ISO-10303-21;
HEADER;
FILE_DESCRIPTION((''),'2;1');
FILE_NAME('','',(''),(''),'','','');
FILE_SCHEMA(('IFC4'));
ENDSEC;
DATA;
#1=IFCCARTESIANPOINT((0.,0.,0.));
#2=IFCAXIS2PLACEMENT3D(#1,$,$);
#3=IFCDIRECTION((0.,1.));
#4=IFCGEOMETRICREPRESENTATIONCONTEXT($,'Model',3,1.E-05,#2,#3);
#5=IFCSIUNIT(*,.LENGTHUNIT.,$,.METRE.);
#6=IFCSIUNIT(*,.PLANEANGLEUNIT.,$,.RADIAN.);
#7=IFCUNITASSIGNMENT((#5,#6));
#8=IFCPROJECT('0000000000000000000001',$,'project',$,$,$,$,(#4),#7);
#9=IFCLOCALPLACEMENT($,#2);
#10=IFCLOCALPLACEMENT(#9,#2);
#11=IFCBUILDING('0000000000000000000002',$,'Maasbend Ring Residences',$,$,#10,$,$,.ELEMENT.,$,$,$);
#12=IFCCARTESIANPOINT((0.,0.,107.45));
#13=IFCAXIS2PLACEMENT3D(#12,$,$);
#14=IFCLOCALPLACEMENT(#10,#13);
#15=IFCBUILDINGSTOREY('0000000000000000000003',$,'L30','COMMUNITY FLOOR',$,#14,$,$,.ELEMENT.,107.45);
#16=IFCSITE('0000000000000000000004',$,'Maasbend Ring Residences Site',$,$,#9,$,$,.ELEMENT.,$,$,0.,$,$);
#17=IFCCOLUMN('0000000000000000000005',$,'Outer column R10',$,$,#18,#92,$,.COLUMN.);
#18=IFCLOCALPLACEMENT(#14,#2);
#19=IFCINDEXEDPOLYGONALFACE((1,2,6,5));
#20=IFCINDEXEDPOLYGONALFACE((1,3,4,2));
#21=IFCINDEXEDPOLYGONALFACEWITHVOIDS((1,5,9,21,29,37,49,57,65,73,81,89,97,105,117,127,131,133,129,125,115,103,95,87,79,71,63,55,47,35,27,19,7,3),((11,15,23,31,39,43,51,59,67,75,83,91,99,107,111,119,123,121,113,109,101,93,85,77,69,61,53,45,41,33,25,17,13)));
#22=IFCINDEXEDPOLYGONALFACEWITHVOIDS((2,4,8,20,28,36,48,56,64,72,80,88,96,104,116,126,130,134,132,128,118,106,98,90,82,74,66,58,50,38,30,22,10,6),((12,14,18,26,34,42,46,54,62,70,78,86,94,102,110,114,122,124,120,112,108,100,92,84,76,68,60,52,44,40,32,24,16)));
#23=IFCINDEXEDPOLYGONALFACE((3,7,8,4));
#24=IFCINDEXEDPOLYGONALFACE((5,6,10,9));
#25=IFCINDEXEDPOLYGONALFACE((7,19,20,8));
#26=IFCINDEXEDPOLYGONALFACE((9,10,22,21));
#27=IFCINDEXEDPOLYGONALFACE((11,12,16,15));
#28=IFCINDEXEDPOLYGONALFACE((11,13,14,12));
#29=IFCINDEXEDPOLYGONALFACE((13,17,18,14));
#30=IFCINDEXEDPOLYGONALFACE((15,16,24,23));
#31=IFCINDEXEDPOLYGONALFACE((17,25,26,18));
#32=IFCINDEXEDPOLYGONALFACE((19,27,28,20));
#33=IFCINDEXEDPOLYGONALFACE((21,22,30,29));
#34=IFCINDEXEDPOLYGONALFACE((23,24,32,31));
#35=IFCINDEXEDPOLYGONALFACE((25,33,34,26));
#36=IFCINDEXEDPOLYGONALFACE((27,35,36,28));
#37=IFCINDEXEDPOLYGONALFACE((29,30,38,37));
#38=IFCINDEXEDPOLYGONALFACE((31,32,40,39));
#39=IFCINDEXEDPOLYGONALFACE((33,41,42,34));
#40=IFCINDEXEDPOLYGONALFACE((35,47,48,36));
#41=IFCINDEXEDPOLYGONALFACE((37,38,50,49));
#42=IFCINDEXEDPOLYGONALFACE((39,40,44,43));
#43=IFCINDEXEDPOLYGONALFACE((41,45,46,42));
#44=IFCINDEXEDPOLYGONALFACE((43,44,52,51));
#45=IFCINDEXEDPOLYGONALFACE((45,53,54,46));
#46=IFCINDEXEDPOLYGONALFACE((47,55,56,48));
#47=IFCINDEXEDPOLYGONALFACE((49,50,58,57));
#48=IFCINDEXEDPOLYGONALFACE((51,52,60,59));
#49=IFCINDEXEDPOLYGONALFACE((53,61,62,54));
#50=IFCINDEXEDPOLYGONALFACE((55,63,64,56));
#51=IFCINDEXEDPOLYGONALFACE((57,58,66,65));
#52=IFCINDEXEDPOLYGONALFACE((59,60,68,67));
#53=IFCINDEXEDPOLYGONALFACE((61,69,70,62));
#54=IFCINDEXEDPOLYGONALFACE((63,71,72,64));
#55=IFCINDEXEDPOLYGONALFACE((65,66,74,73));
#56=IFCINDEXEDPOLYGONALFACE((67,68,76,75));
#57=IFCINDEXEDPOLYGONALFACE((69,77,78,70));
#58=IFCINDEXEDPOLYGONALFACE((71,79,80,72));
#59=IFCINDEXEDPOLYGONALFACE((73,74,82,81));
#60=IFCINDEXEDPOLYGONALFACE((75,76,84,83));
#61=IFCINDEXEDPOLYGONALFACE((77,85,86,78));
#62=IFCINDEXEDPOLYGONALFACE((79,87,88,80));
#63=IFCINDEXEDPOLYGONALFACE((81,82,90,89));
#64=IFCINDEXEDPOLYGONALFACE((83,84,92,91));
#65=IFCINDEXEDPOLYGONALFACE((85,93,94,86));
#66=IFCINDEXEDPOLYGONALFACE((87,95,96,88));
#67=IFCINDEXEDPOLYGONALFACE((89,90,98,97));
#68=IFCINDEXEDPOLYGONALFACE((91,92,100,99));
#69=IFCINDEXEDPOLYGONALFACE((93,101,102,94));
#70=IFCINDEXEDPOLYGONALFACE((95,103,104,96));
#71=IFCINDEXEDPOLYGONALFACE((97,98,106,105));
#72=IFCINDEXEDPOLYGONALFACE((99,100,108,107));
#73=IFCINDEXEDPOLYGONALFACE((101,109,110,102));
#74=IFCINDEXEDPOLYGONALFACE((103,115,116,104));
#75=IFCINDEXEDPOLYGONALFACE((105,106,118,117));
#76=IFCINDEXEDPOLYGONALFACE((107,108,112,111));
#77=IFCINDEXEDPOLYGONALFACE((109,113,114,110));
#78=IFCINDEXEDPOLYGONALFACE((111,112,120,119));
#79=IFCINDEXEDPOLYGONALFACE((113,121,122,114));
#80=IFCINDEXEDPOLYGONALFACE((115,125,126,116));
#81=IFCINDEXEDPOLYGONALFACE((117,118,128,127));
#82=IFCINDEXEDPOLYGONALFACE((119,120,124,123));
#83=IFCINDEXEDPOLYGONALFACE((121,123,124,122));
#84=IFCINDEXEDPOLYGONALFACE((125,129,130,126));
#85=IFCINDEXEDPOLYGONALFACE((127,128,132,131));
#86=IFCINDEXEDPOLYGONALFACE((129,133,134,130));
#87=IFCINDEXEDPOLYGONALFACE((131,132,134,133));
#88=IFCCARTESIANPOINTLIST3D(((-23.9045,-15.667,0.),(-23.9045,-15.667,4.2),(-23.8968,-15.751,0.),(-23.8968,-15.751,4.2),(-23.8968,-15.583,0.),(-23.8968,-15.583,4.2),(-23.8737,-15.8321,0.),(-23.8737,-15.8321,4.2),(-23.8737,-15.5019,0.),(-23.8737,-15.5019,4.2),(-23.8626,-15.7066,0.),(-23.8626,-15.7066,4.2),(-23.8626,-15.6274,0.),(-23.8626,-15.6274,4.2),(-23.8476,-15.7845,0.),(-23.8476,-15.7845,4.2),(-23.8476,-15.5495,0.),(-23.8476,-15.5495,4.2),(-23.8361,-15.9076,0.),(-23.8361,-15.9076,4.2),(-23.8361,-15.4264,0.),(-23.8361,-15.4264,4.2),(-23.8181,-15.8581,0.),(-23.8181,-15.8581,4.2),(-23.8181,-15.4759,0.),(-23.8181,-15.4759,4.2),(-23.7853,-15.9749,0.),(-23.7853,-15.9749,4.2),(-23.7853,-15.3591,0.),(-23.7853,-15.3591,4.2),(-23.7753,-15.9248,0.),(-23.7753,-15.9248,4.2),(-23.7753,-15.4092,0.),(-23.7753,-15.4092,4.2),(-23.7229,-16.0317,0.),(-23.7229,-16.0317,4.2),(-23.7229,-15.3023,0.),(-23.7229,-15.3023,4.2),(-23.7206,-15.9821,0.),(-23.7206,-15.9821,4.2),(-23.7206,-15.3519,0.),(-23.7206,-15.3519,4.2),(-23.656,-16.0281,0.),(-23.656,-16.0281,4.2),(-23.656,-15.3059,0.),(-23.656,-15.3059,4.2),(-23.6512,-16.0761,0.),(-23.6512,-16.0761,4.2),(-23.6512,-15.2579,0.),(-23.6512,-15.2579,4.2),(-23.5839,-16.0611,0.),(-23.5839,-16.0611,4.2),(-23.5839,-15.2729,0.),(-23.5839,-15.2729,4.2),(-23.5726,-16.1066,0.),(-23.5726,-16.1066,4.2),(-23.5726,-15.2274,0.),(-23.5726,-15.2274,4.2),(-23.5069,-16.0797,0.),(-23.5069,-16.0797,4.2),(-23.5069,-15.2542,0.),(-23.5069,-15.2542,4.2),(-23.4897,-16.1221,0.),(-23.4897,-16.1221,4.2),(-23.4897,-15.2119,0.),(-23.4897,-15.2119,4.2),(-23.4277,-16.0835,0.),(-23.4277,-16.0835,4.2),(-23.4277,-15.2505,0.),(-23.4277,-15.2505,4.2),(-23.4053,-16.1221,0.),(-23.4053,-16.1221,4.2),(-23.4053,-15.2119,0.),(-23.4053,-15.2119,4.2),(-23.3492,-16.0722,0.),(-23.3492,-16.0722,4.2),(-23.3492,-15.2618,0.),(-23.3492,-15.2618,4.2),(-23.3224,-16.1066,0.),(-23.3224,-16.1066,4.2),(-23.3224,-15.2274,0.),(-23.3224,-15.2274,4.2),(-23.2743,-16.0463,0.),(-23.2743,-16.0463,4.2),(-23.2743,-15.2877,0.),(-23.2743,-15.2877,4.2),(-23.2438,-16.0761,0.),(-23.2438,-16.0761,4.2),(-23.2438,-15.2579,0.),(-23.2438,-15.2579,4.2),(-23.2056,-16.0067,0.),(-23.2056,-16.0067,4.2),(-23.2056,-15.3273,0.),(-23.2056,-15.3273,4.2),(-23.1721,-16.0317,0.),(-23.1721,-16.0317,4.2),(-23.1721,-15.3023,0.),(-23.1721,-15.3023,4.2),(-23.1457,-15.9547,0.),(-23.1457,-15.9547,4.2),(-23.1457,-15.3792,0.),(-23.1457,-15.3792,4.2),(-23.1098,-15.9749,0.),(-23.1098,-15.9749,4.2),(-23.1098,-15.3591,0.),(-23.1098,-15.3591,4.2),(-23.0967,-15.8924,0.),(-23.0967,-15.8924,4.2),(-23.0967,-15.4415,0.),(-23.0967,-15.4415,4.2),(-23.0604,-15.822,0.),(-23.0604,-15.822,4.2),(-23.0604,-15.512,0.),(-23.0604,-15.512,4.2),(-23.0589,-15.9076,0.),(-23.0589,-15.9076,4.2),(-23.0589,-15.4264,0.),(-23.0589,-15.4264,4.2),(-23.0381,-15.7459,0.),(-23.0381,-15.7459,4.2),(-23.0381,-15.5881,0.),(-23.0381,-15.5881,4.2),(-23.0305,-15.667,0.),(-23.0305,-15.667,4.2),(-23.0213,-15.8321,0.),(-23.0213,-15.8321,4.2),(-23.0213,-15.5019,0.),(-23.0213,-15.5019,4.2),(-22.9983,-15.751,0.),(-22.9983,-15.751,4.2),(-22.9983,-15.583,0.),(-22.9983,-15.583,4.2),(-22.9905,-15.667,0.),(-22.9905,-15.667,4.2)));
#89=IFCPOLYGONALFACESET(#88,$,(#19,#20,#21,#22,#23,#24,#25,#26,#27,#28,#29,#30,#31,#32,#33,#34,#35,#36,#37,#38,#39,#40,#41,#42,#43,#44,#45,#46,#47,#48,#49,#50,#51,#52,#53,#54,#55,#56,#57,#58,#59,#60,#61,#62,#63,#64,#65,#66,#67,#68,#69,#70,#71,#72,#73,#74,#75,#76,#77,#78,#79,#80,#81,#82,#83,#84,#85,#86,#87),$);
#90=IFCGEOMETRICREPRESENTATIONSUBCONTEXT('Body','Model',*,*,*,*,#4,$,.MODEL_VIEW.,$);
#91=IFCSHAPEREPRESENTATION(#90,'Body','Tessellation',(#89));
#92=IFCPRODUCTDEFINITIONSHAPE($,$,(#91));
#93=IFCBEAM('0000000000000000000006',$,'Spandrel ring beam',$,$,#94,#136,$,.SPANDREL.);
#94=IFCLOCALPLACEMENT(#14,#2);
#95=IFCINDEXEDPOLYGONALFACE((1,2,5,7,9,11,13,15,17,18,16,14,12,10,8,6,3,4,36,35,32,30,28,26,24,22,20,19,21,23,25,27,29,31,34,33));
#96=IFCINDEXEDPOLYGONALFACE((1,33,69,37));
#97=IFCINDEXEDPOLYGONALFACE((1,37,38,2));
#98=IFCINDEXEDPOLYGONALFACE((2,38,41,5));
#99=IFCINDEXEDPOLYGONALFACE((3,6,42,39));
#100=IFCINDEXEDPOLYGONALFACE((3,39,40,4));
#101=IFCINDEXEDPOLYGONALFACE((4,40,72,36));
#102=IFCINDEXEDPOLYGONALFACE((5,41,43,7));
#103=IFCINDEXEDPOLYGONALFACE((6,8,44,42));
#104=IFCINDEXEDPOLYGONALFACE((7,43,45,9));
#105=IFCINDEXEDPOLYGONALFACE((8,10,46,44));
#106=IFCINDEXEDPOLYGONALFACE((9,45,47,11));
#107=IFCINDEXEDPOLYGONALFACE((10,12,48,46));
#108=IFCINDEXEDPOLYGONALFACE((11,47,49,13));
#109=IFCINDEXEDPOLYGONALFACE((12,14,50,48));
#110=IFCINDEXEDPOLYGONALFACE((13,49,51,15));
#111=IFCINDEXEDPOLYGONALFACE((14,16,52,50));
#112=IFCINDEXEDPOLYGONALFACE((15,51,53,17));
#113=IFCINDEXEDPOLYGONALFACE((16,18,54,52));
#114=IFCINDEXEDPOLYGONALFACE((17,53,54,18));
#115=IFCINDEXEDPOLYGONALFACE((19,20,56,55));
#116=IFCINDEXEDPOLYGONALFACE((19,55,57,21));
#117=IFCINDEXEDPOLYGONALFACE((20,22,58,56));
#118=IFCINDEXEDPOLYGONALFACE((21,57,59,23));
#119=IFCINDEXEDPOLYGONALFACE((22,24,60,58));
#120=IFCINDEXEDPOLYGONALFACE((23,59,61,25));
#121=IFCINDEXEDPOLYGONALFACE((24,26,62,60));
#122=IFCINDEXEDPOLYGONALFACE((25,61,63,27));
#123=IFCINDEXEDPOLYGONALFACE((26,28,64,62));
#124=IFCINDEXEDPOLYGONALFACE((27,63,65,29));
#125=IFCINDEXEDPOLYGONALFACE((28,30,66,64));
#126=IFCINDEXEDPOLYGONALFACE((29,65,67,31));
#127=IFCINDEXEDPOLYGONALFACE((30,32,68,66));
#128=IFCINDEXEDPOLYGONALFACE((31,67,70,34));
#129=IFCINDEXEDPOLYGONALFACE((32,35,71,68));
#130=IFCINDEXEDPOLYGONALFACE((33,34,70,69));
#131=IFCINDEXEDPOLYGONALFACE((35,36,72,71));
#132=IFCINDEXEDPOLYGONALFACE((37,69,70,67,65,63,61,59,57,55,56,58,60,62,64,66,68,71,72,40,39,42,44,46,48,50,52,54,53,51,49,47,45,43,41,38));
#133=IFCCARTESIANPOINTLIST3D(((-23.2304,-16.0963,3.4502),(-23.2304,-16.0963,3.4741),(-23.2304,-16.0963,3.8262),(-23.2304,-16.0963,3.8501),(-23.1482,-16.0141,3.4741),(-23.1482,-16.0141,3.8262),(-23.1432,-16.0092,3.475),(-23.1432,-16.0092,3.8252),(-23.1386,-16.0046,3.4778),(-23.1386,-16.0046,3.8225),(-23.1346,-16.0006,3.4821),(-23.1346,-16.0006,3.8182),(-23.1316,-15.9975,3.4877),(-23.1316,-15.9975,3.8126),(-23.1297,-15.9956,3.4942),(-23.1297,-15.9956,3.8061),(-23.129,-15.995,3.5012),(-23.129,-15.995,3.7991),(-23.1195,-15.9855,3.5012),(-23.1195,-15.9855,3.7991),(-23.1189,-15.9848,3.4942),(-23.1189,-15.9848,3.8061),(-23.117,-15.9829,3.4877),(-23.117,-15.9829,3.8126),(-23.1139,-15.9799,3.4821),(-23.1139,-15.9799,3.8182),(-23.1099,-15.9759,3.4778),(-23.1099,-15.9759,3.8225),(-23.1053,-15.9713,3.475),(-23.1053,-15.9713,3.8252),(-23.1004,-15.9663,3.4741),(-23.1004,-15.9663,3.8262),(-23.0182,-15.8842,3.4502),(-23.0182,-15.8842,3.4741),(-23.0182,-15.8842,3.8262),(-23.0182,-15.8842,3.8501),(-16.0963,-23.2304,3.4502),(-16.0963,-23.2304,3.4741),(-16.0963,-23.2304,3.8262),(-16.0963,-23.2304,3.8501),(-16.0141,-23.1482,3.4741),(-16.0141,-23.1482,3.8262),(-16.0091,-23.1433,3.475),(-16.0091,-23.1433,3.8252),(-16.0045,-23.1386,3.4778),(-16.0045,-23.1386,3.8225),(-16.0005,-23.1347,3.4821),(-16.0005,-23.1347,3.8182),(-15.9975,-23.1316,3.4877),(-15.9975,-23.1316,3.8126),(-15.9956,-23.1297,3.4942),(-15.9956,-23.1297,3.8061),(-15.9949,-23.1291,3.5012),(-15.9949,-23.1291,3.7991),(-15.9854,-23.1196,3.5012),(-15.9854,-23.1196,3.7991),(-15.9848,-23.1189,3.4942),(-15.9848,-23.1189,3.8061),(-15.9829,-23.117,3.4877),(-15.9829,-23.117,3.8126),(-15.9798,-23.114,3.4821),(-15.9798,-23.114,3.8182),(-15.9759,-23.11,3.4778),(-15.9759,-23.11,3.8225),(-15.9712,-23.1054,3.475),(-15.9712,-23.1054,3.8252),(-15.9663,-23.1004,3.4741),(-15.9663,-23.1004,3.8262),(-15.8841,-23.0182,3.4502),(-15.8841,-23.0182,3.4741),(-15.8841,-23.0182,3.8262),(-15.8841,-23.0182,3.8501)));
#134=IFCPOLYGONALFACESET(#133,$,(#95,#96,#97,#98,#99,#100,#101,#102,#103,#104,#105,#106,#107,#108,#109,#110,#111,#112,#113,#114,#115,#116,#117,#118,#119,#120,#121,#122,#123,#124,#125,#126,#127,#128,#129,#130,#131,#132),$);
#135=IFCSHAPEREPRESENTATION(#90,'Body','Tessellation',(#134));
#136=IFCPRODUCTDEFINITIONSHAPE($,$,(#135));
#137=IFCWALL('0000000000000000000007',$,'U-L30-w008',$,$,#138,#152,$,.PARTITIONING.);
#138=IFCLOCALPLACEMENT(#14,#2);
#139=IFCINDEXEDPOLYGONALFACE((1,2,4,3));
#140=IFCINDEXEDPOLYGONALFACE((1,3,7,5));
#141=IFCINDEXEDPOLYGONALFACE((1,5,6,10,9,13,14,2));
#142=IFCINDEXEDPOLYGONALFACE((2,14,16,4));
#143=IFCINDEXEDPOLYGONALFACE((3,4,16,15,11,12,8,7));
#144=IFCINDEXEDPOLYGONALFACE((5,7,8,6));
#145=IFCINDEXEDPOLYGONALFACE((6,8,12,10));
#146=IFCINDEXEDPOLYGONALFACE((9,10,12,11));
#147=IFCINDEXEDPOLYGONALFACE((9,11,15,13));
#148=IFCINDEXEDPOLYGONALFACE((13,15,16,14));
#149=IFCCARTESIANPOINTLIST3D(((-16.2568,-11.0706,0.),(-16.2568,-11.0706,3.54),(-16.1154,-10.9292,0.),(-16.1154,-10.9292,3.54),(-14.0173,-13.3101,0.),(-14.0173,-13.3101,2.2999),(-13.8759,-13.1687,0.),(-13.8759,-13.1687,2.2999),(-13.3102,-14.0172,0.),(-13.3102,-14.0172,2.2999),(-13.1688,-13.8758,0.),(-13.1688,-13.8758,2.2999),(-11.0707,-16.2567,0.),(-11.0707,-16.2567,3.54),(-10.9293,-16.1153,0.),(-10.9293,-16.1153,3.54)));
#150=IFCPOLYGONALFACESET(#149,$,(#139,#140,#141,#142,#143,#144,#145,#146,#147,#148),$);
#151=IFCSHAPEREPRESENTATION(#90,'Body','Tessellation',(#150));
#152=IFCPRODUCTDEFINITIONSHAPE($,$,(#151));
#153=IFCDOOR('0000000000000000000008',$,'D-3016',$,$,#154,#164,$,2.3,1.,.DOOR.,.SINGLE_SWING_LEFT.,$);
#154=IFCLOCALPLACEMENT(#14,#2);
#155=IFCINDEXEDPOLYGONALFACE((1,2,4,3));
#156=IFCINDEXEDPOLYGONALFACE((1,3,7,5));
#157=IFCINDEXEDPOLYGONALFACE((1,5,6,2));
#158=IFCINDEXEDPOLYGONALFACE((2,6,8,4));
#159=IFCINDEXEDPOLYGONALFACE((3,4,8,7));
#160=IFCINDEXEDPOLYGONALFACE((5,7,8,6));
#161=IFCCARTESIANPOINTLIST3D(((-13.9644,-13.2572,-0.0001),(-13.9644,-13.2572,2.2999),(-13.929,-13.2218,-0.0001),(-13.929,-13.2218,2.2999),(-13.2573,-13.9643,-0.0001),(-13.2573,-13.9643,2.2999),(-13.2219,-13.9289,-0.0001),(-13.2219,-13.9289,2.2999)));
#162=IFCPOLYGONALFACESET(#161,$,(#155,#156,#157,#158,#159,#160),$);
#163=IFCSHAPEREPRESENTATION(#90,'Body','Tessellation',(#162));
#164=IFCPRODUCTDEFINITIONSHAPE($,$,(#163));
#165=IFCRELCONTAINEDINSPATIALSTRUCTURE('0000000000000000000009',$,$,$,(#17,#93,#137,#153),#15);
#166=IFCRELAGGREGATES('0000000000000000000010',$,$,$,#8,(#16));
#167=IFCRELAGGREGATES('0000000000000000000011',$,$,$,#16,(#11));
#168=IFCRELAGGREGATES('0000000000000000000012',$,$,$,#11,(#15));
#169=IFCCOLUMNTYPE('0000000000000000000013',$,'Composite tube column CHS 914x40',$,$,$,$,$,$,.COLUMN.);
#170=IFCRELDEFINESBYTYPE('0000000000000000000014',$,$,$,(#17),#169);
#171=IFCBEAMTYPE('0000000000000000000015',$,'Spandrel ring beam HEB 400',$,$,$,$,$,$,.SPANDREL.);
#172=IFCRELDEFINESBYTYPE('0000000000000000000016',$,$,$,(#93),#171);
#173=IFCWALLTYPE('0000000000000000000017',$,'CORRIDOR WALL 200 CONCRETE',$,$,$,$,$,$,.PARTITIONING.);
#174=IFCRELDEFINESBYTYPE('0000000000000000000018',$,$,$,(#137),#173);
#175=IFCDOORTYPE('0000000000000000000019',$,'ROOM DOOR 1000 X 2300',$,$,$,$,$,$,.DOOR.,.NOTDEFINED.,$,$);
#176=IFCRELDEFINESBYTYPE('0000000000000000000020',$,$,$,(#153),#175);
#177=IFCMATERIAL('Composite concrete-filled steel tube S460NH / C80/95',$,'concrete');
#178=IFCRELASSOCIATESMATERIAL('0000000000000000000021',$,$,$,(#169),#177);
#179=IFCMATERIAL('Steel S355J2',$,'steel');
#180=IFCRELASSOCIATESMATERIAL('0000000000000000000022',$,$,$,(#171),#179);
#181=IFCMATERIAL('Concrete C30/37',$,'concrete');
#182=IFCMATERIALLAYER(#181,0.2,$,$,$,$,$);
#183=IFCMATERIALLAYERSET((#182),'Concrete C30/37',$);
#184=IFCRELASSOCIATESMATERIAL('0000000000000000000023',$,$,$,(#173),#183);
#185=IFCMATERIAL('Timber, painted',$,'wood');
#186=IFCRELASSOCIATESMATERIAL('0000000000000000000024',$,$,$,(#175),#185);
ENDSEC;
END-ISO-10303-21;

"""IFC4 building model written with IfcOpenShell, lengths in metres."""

from ifc_helpers import new_model, si_unit, direction, frame, frame_2d, origin, origin_2d, place, context, subcontext, project, spatial, rectangle, hollow_circle, i_section, extrude, material, layer, layer_set, material_profile, profile_set, type_object, element, fill, save


model = new_model("IFC4")

# Units and contexts
model_context = context("Model", 3, precision=1e-05, world=origin(), true_north=direction((0.0, 1.0)))
body_context = subcontext(model_context, "Body", "Model", "MODEL_VIEW")
ifc_project = project(units=[si_unit("LENGTHUNIT", "METRE"), si_unit("PLANEANGLEUNIT", "RADIAN")], contexts=[model_context])

# Site, building, storey
site_placement = place(None, origin())
site = spatial("IfcSite", under=ifc_project, at=site_placement, Name="Maasbend Ring Residences Site", CompositionType="ELEMENT", RefElevation=0.0)
building_placement = place(site_placement, origin())
building = spatial("IfcBuilding", under=site, at=building_placement, Name="Maasbend Ring Residences", CompositionType="ELEMENT")
storey_placement = place(building_placement, frame((0.0, 0.0, 107.45)))
storey = spatial("IfcBuildingStorey", under=building, at=storey_placement, Name="L30", Description="COMMUNITY FLOOR", CompositionType="ELEMENT", Elevation=107.45)

# Column
ifc_material_1 = material(Name="Composite concrete-filled steel tube S460NH / C80/95", Category="concrete")
ifc_material_profile_1 = material_profile(ifc_material_1, hollow_circle(Radius=0.457, WallThickness=0.04, at=origin_2d()), Name="Composite tube column CHS 914x40")
ifc_profile_set_1 = profile_set([ifc_material_profile_1], Name="Composite concrete-filled steel tube S460NH / C80/95")
column_type = type_object("IfcColumnType", Name="Composite tube column CHS 914x40", PredefinedType="COLUMN", material=ifc_profile_set_1)
column_placement = place(storey_placement, frame((-23.4475, -15.667, 0.0), z_axis=(0.0, 0.0, 1.0), x_axis=(1.0, 0.0, 0.0)))
element("IfcColumn", 1, at=column_placement, inside=storey, type_object=column_type, Name="Outer column R10", PredefinedType="COLUMN", context=body_context, shape_type="SweptSolid", body=[
    extrude(hollow_circle(Radius=0.457, WallThickness=0.04, at=origin_2d()), origin(), (0.0, 0.0, 1.0), 4.2),
])

# Beam
ifc_material_2 = material(Name="Steel S355J2", Category="steel")
ifc_material_profile_2 = material_profile(ifc_material_2, i_section(OverallWidth=0.3, OverallDepth=0.3999, WebThickness=0.0134, FlangeThickness=0.0239, FilletRadius=0.0271, at=origin_2d()), Name="HEB 400")
ifc_profile_set_2 = profile_set([ifc_material_profile_2], Name="Steel S355J2")
beam_type = type_object("IfcBeamType", Name="Spandrel ring beam HEB 400", PredefinedType="SPANDREL", material=ifc_profile_set_2)
beam_placement = place(storey_placement, frame((-23.1243, -15.9902, 3.6501), z_axis=(0.707107, -0.707107, 0.0), x_axis=(0.707107, 0.707107, 0.0)))
element("IfcBeam", 2, at=beam_placement, inside=storey, type_object=beam_type, Name="Spandrel ring beam", PredefinedType="SPANDREL", context=body_context, shape_type="SweptSolid", body=[
    extrude(i_section(OverallWidth=0.3, OverallDepth=0.3999, WebThickness=0.0134, FlangeThickness=0.0239, FilletRadius=0.0271, at=origin_2d()), origin(), (0.0, 0.0, 1.0), 10.0891),
])

# Wall, opening, door
ifc_material_3 = material(Name="Concrete C30/37", Category="concrete")
ifc_layer_1 = layer(ifc_material_3, 0.2)
ifc_layer_set_1 = layer_set([ifc_layer_1], Name="Concrete C30/37")
wall_type_1 = type_object("IfcWallType", Name="CORRIDOR WALL 200 CONCRETE", PredefinedType="PARTITIONING", material=ifc_layer_set_1)
wall_1_placement = place(storey_placement, frame((-16.186, -11.0, 0.0), z_axis=(0.0, 0.0, 1.0), x_axis=(0.707107, -0.707107, 0.0)))
wall_1 = element("IfcWall", 3, at=wall_1_placement, inside=storey, type_object=wall_type_1, Name="U-L30-w008", PredefinedType="PARTITIONING", context=body_context, shape_type="SweptSolid", body=[
    extrude(rectangle(XDim=7.3342, YDim=0.2, at=frame_2d((3.667, 0.0))), origin(), (0.0, 0.0, 1.0), 3.54),
])
opening_1_placement = place(wall_1_placement, frame((3.167, 0.0, 0.0)))
opening_1 = element("IfcOpeningElement", 4, at=opening_1_placement, cuts=wall_1, PredefinedType="OPENING", context=body_context, shape_type="SweptSolid", body=[
    extrude(rectangle(XDim=1.0, YDim=2.3, at=frame_2d((0.5, 1.1499))), frame((0.0, 0.1099, 0.0), z_axis=(0.0, -1.0, 0.0), x_axis=(1.0, 0.0, 0.0)), (0.0, 0.0, 1.0), 0.22),
])
ifc_material_4 = material(Name="Timber, painted", Category="wood")
door_type_1 = type_object("IfcDoorType", Name="ROOM DOOR 1000 X 2300", OperationType="NOTDEFINED", PredefinedType="DOOR", material=ifc_material_4)
door_1_placement = place(opening_1_placement, origin())
door_1 = element("IfcDoor", 5, at=door_1_placement, inside=storey, type_object=door_type_1, Name="D-3016", OperationType="SINGLE_SWING_LEFT", OverallHeight=2.3, OverallWidth=1.0, PredefinedType="DOOR", context=body_context, shape_type="SweptSolid", body=[
    extrude(rectangle(XDim=1.0, YDim=2.3, at=frame_2d((0.5, 1.1499))), frame((0.0, 0.0249, 0.0), z_axis=(0.0, -1.0, 0.0), x_axis=(1.0, 0.0, 0.0)), (0.0, 0.0, 1.0), 0.05),
])
fill(opening_1, door_1)

save(model, "model.ifc")
